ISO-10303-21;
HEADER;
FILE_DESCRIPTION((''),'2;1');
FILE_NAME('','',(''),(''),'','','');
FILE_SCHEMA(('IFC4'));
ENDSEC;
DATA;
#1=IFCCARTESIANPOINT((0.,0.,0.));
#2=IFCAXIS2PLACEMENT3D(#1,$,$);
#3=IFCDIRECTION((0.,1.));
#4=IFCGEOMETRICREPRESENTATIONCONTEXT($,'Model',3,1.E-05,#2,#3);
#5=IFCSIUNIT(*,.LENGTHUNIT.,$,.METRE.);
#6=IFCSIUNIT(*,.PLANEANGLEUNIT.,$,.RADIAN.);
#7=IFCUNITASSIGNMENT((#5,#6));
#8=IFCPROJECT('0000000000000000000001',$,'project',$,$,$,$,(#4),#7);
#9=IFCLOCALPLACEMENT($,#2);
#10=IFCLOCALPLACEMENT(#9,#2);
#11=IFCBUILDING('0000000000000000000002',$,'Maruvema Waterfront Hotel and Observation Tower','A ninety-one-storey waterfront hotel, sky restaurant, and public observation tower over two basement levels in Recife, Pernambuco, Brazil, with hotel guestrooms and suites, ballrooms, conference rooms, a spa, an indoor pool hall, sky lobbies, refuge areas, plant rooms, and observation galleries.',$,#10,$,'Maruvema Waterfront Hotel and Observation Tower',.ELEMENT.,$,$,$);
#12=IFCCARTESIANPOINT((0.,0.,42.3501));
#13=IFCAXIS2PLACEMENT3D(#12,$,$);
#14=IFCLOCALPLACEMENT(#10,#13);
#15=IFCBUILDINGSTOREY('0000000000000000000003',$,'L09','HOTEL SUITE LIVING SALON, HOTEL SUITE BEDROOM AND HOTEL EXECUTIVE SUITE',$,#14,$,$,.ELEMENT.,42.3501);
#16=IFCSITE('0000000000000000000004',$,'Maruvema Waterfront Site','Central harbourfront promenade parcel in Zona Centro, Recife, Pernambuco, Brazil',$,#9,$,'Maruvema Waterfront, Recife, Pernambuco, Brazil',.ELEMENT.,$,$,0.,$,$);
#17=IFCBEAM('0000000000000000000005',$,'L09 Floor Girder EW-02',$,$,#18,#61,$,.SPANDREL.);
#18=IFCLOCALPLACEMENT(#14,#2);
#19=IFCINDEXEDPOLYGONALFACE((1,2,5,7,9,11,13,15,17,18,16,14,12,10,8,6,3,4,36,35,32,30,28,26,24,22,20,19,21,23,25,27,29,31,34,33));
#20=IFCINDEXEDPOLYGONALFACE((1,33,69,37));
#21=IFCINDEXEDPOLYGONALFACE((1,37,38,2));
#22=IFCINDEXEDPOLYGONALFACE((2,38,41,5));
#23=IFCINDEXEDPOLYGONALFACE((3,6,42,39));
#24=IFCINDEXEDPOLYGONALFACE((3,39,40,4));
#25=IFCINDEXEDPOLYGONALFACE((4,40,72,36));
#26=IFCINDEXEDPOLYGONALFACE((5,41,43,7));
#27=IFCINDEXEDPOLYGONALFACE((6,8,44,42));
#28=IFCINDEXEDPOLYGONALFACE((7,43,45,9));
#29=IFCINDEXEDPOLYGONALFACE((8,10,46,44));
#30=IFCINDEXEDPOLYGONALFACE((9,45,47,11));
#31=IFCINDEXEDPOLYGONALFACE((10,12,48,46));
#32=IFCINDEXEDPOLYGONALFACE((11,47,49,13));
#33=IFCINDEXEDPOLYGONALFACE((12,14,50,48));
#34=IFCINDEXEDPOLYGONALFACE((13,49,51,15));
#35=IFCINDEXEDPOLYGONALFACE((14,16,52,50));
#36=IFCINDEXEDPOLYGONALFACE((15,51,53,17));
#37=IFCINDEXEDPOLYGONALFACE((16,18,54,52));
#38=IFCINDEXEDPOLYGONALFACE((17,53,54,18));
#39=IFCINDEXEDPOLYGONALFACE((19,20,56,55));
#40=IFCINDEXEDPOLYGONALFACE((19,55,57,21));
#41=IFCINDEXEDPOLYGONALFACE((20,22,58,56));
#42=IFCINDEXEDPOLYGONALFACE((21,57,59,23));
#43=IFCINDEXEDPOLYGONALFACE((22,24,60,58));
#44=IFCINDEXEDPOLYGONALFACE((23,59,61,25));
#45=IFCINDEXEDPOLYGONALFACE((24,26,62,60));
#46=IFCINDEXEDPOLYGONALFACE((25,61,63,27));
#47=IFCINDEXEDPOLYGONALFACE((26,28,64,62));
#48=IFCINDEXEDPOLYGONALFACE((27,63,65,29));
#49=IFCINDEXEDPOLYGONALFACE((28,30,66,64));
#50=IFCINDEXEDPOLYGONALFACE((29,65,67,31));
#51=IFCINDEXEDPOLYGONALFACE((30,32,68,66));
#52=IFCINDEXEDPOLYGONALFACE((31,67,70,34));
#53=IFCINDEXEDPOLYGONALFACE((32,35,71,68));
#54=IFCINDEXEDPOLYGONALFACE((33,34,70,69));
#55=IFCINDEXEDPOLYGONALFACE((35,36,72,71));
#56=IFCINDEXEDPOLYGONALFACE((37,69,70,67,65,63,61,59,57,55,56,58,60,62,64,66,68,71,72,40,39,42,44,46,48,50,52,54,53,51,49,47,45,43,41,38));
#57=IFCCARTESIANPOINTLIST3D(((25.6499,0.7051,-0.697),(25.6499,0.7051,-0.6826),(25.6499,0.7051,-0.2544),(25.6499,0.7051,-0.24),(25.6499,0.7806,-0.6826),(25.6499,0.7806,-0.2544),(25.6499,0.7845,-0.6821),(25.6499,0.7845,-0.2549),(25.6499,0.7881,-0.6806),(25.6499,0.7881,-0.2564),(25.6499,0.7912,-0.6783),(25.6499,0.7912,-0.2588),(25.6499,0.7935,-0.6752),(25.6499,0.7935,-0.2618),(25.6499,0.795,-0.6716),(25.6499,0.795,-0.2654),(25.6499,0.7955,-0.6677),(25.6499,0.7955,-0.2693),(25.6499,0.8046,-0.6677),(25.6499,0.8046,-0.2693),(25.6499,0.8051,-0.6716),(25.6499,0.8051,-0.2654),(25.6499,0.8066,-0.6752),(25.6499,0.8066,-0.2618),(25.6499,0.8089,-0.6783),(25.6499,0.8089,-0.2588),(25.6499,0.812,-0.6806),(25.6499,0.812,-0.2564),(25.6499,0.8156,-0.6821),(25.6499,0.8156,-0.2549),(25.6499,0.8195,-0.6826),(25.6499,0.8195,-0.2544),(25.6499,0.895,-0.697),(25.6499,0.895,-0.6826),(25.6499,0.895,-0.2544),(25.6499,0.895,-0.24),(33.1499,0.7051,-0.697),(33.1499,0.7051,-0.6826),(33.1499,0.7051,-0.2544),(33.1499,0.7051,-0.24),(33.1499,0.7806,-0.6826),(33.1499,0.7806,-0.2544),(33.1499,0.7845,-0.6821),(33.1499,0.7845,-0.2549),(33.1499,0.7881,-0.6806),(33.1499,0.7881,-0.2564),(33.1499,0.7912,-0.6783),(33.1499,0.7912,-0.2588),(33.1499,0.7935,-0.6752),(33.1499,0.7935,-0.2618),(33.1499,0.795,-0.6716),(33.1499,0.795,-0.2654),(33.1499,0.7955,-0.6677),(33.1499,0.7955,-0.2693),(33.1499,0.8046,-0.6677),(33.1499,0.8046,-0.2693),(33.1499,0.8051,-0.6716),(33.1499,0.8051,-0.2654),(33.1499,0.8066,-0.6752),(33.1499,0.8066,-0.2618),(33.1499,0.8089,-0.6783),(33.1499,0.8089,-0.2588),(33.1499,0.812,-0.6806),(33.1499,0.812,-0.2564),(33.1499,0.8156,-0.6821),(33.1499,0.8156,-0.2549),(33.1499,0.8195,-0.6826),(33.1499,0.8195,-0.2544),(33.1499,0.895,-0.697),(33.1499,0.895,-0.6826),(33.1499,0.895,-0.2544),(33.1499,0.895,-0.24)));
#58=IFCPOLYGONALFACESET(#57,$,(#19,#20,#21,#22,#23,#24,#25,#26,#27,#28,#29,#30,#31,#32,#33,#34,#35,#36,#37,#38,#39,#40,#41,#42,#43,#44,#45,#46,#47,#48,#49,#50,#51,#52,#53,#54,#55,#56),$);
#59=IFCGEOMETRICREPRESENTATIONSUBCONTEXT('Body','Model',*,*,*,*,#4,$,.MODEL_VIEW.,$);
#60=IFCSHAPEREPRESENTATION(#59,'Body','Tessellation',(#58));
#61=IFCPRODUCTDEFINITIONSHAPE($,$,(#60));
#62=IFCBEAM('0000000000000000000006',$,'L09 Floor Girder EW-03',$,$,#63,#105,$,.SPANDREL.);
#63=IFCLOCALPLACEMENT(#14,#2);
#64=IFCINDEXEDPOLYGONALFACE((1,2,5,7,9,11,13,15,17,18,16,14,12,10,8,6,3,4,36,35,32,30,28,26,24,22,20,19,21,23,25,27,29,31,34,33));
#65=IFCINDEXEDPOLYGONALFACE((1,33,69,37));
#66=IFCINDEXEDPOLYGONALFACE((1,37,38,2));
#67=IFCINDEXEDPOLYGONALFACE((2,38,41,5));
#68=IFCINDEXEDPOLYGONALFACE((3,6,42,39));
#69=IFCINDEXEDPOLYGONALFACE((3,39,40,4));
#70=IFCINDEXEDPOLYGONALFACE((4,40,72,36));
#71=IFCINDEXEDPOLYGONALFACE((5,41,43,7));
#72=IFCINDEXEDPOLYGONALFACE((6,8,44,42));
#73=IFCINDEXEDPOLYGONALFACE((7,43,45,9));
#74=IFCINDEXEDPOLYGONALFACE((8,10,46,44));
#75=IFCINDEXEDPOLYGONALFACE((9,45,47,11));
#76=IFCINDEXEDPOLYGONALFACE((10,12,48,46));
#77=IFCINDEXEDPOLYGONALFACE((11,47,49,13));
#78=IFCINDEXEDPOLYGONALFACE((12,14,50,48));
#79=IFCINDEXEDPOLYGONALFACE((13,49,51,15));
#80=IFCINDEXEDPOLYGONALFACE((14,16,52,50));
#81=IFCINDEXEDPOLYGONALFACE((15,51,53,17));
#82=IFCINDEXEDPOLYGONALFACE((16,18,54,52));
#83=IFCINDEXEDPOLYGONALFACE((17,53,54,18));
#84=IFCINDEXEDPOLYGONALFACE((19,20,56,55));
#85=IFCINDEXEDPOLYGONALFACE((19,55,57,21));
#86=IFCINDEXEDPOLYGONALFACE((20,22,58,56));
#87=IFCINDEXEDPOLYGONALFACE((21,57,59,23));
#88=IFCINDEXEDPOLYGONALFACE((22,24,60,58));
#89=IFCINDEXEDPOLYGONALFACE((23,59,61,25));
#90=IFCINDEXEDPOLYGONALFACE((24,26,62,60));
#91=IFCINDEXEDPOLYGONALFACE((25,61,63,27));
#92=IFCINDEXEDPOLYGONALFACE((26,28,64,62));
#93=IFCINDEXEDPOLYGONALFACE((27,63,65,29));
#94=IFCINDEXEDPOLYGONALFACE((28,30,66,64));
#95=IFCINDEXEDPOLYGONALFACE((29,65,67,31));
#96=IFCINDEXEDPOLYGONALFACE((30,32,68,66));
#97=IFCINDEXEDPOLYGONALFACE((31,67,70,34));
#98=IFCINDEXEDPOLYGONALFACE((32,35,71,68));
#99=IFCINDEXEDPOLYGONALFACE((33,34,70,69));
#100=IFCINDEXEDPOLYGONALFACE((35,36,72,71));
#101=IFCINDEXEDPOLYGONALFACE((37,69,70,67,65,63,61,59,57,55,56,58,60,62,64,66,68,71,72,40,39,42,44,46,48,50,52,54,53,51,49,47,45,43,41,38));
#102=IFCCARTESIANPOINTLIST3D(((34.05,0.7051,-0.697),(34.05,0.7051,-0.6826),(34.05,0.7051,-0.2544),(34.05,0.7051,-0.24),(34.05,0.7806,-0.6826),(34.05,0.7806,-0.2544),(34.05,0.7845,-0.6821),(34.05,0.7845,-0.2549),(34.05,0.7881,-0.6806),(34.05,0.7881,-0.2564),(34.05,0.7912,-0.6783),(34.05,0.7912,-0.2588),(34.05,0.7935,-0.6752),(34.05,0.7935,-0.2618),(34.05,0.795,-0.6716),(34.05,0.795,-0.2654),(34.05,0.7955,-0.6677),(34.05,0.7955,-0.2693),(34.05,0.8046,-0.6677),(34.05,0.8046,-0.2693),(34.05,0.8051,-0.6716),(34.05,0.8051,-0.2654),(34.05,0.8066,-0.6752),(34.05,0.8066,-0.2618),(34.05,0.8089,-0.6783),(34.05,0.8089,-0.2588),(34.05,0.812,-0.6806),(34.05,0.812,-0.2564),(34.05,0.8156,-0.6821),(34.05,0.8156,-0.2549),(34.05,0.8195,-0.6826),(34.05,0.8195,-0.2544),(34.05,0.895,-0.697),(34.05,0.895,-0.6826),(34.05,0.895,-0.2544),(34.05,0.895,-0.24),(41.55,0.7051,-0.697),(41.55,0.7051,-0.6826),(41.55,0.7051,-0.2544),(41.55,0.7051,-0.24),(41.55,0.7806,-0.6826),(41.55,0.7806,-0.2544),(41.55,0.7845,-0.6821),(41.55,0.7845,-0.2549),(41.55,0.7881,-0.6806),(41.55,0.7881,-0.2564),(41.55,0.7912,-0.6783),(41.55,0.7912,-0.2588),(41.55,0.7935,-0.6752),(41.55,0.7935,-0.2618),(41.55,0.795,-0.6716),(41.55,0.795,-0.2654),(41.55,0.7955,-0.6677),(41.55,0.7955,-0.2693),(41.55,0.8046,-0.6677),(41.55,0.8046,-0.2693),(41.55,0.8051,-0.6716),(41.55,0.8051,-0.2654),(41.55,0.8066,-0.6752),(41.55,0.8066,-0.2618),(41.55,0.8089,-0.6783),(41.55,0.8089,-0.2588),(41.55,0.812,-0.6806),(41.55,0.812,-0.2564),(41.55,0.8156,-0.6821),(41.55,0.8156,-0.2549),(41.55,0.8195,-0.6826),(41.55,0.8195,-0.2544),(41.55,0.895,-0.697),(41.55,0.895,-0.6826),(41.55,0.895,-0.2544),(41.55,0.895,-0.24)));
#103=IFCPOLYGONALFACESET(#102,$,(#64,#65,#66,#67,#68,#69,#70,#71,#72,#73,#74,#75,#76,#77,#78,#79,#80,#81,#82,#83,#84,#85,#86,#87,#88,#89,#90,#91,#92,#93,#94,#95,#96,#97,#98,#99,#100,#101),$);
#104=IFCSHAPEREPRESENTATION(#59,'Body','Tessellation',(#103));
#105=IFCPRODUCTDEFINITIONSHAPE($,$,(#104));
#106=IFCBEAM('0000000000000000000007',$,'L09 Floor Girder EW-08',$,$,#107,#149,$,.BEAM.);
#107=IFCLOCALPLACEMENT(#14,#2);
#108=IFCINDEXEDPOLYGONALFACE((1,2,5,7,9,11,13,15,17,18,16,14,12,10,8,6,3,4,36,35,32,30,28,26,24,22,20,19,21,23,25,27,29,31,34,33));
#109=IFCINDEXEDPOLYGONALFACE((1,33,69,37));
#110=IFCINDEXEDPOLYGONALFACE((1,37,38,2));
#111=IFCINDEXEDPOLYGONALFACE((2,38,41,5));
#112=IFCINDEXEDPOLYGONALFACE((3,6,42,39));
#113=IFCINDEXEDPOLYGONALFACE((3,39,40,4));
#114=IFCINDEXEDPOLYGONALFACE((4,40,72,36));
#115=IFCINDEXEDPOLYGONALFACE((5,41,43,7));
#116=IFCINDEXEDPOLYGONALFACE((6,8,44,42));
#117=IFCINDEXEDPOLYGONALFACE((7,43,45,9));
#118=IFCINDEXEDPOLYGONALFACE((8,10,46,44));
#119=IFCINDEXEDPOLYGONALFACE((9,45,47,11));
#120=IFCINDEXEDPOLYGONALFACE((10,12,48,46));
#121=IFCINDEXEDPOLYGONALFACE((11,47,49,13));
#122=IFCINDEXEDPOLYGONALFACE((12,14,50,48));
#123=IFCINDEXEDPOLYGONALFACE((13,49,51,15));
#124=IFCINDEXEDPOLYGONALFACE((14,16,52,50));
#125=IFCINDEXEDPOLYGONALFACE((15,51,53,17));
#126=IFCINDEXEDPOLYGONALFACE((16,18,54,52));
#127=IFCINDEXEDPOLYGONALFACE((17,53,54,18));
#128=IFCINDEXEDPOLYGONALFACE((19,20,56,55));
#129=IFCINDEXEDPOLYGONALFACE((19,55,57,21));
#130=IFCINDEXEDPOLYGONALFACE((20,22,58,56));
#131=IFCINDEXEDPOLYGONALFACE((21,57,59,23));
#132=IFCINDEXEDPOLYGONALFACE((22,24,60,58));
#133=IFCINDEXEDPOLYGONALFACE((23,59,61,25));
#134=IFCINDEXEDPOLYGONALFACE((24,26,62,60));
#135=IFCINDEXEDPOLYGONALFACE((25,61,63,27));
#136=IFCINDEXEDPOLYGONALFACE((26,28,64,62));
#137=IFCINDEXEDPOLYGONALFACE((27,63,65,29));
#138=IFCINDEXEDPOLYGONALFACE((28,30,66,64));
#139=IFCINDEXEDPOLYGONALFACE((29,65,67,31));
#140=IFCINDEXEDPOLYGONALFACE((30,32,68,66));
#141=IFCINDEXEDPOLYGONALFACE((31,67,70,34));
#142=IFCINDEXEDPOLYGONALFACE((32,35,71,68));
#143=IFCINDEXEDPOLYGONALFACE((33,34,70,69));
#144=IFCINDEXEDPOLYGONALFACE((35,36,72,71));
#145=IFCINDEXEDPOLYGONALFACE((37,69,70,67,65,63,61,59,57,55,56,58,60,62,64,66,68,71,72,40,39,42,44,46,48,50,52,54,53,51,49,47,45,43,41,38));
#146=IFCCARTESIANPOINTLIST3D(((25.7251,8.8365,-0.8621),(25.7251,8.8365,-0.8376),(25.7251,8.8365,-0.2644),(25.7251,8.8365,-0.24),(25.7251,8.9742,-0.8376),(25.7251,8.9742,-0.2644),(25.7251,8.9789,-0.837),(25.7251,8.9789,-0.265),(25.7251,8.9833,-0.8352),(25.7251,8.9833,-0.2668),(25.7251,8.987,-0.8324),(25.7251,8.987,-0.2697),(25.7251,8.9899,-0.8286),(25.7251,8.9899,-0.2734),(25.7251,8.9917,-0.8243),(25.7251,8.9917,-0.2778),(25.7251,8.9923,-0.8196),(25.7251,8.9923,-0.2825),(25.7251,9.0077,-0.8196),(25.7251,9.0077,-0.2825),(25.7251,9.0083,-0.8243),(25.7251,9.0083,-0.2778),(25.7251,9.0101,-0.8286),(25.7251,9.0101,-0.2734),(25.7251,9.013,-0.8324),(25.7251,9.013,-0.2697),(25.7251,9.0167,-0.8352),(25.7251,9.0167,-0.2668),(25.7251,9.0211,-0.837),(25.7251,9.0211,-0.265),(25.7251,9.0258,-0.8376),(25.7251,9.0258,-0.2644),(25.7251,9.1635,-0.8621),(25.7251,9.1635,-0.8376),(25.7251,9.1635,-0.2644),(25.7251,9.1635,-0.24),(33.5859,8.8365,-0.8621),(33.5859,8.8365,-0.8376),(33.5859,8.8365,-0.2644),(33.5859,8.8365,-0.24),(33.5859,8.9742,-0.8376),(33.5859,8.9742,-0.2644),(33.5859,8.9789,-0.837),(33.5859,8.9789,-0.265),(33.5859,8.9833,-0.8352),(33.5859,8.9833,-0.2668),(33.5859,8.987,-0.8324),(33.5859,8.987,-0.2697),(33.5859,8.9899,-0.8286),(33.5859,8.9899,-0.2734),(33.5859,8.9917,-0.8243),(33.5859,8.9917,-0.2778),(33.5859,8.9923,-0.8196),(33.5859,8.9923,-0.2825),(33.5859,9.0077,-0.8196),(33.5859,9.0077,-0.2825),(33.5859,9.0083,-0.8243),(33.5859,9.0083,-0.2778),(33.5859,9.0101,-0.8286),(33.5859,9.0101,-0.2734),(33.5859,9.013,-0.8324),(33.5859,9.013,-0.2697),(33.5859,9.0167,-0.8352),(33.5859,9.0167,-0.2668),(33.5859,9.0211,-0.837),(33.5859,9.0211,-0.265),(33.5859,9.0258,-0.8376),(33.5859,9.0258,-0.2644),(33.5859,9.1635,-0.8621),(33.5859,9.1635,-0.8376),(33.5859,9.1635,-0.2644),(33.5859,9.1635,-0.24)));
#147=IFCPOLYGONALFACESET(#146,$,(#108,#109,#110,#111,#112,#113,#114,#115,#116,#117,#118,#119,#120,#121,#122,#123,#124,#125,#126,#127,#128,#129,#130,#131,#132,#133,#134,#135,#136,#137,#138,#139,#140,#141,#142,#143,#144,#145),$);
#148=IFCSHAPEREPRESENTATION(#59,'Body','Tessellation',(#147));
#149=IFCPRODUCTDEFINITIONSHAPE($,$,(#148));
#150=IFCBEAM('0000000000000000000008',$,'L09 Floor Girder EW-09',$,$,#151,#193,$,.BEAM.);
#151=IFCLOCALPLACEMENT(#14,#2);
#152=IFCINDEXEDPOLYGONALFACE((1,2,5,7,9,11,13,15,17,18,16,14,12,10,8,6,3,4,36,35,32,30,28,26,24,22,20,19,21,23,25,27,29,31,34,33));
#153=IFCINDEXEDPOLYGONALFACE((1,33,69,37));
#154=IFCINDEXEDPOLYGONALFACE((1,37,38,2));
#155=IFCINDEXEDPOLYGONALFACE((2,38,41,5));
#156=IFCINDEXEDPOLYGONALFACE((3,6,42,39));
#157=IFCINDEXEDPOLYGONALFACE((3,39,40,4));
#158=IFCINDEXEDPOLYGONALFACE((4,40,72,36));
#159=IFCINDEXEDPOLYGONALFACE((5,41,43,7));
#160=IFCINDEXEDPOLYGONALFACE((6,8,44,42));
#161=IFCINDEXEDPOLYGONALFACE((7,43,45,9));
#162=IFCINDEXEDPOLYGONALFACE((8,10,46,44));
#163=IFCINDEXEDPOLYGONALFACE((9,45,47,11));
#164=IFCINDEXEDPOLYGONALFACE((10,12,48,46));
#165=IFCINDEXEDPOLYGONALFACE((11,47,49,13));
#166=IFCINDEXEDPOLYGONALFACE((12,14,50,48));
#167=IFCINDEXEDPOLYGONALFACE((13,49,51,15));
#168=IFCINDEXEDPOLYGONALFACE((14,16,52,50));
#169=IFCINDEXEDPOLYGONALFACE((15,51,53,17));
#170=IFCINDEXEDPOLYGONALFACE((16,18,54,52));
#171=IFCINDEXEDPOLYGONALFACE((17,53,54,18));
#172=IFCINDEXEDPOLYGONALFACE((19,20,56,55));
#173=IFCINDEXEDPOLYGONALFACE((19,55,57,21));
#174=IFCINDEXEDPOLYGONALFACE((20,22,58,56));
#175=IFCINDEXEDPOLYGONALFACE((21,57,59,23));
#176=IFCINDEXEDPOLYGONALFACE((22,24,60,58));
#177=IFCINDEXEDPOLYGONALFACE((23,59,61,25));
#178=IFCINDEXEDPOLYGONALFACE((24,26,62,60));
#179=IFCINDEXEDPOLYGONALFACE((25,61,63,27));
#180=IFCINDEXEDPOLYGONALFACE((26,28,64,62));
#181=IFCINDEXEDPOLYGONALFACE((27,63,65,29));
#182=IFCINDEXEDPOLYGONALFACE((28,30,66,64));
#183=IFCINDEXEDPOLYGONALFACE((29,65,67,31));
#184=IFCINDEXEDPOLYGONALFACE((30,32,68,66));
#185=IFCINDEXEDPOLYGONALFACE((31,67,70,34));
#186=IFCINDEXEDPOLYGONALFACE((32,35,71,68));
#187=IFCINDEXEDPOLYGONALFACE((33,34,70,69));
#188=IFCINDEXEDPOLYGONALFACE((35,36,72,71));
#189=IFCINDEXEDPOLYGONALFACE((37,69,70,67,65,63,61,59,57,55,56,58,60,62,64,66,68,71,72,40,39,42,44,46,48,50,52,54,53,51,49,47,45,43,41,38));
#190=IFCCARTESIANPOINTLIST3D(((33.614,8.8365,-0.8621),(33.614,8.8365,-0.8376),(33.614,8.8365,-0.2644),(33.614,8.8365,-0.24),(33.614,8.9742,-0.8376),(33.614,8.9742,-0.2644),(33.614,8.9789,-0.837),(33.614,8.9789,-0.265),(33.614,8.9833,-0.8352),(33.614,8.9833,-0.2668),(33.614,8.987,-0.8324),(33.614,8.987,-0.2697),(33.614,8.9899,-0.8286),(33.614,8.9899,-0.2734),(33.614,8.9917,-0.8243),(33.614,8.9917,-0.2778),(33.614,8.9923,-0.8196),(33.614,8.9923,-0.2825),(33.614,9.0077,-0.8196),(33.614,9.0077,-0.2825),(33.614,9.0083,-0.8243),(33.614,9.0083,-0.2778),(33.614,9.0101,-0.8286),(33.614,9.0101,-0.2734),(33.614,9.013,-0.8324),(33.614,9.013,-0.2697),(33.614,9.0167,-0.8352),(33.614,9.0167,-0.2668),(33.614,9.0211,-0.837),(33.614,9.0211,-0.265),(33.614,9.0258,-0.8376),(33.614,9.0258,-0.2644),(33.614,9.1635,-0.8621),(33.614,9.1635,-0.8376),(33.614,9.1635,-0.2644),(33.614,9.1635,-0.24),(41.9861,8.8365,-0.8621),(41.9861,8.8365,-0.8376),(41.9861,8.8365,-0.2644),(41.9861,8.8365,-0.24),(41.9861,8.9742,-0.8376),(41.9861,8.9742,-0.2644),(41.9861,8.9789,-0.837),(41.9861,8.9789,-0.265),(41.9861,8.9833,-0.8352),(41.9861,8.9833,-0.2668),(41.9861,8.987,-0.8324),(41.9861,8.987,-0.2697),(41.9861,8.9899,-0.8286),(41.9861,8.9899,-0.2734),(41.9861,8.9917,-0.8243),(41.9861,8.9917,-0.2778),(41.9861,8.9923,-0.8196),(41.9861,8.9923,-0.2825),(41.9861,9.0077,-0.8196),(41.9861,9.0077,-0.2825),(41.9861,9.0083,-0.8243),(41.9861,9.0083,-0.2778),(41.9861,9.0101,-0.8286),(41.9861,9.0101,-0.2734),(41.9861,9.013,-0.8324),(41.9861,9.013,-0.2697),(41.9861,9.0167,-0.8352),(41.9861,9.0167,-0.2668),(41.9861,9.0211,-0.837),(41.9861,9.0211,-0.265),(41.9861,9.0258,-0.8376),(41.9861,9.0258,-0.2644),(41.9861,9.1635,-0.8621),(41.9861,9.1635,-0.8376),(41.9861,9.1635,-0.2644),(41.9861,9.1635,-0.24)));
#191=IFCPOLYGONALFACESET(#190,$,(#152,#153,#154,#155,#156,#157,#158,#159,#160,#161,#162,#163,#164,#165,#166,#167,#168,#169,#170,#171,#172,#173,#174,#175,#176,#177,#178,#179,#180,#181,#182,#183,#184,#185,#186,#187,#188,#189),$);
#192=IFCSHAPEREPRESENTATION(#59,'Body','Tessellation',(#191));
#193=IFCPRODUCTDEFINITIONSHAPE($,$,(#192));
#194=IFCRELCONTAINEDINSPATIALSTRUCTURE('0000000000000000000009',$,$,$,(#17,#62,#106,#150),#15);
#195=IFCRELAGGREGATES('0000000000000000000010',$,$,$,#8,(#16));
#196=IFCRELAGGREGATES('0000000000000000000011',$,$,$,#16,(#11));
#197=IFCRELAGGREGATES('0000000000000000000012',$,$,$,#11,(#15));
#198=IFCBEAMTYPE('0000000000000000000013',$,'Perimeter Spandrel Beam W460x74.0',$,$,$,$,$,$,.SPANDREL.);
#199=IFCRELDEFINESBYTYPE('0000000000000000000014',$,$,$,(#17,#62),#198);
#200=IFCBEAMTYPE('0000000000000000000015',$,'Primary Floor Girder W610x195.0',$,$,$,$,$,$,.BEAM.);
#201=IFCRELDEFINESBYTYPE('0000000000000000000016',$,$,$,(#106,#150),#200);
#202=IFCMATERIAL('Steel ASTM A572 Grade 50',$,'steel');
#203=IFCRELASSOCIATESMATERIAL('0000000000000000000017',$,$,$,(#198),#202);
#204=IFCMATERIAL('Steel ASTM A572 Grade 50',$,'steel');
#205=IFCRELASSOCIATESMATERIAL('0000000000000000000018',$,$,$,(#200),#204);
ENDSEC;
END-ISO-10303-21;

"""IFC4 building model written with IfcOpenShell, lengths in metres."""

from ifc_helpers import new_model, si_unit, direction, frame, origin, origin_2d, place, context, subcontext, project, spatial, i_section, extrude, material, material_profile, profile_set, type_object, element, save


model = new_model("IFC4")

# Units and contexts
model_context = context("Model", 3, precision=1e-05, world=origin(), true_north=direction((0.0, 1.0)))
body_context = subcontext(model_context, "Body", "Model", "MODEL_VIEW")
ifc_project = project(units=[si_unit("LENGTHUNIT", "METRE"), si_unit("PLANEANGLEUNIT", "RADIAN")], contexts=[model_context])

# Site, building, storey
site_placement = place(None, origin())
site = spatial("IfcSite", under=ifc_project, at=site_placement, Name="Maruvema Waterfront Site", Description="Central harbourfront promenade parcel in Zona Centro, Recife, Pernambuco, Brazil", LongName="Maruvema Waterfront, Recife, Pernambuco, Brazil", CompositionType="ELEMENT", RefElevation=0.0)
building_placement = place(site_placement, origin())
building = spatial("IfcBuilding", under=site, at=building_placement, Name="Maruvema Waterfront Hotel and Observation Tower", Description="A ninety-one-storey waterfront hotel, sky restaurant, and public observation tower over two basement levels in Recife, Pernambuco, Brazil, with hotel guestrooms and suites, ballrooms, conference rooms, a spa, an indoor pool hall, sky lobbies, refuge areas, plant rooms, and observation galleries.", LongName="Maruvema Waterfront Hotel and Observation Tower", CompositionType="ELEMENT")
storey_placement = place(building_placement, frame((0.0, 0.0, 42.3501)))
storey = spatial("IfcBuildingStorey", under=building, at=storey_placement, Name="L09", Description="HOTEL SUITE LIVING SALON, HOTEL SUITE BEDROOM AND HOTEL EXECUTIVE SUITE", CompositionType="ELEMENT", Elevation=42.3501)

# Beams
ifc_material_1 = material(Name="Steel ASTM A572 Grade 50", Category="steel")
ifc_material_profile_1 = material_profile(ifc_material_1, i_section(OverallWidth=0.1899, OverallDepth=0.457, WebThickness=0.009, FlangeThickness=0.0144, FilletRadius=0.0149, at=origin_2d()), Name="W460x74.0")
ifc_profile_set_1 = profile_set([ifc_material_profile_1], Name="Steel ASTM A572 Grade 50")
beam_type_1 = type_object("IfcBeamType", Name="Perimeter Spandrel Beam W460x74.0", PredefinedType="SPANDREL", material=ifc_profile_set_1)
for number, where, z_axis, x_axis, name in (
    (1, (25.6499, 0.8, -0.4685), (1.0, 0.0, 0.0), (0.0, 1.0, 0.0), "L09 Floor Girder EW-02"),
    (2, (34.05, 0.8, -0.4685), (1.0, 0.0, 0.0), (0.0, 1.0, 0.0), "L09 Floor Girder EW-03"),
):
    element("IfcBeam", number, at=place(storey_placement, frame(where, z_axis=z_axis, x_axis=x_axis)), inside=storey, type_object=beam_type_1, Name=name, PredefinedType="SPANDREL", context=body_context, shape_type="SweptSolid", body=[
        extrude(i_section(OverallWidth=0.1899, OverallDepth=0.457, WebThickness=0.009, FlangeThickness=0.0144, FilletRadius=0.0149, at=origin_2d()), origin(), (0.0, 0.0, 1.0), 7.5),
    ])
ifc_material_2 = material(Name="Steel ASTM A572 Grade 50", Category="steel")
ifc_material_profile_2 = material_profile(ifc_material_2, i_section(OverallWidth=0.3269, OverallDepth=0.6221, WebThickness=0.0154, FlangeThickness=0.0244, FilletRadius=0.0181, at=origin_2d()), Name="W610x195.0")
ifc_profile_set_2 = profile_set([ifc_material_profile_2], Name="Steel ASTM A572 Grade 50")
beam_type_2 = type_object("IfcBeamType", Name="Primary Floor Girder W610x195.0", PredefinedType="BEAM", material=ifc_profile_set_2)
beam_1_placement = place(storey_placement, frame((25.7251, 9.0, -0.551), z_axis=(1.0, 0.0, 0.0), x_axis=(0.0, 1.0, 0.0)))
element("IfcBeam", 3, at=beam_1_placement, inside=storey, type_object=beam_type_2, Name="L09 Floor Girder EW-08", PredefinedType="BEAM", context=body_context, shape_type="SweptSolid", body=[
    extrude(i_section(OverallWidth=0.3269, OverallDepth=0.6221, WebThickness=0.0154, FlangeThickness=0.0244, FilletRadius=0.0181, at=origin_2d()), origin(), (0.0, 0.0, 1.0), 7.8608),
])
beam_2_placement = place(storey_placement, frame((33.614, 9.0, -0.551), z_axis=(1.0, 0.0, 0.0), x_axis=(0.0, 1.0, 0.0)))
element("IfcBeam", 4, at=beam_2_placement, inside=storey, type_object=beam_type_2, Name="L09 Floor Girder EW-09", PredefinedType="BEAM", context=body_context, shape_type="SweptSolid", body=[
    extrude(i_section(OverallWidth=0.3269, OverallDepth=0.6221, WebThickness=0.0154, FlangeThickness=0.0244, FilletRadius=0.0181, at=origin_2d()), origin(), (0.0, 0.0, 1.0), 8.3721),
])

save(model, "model.ifc")
